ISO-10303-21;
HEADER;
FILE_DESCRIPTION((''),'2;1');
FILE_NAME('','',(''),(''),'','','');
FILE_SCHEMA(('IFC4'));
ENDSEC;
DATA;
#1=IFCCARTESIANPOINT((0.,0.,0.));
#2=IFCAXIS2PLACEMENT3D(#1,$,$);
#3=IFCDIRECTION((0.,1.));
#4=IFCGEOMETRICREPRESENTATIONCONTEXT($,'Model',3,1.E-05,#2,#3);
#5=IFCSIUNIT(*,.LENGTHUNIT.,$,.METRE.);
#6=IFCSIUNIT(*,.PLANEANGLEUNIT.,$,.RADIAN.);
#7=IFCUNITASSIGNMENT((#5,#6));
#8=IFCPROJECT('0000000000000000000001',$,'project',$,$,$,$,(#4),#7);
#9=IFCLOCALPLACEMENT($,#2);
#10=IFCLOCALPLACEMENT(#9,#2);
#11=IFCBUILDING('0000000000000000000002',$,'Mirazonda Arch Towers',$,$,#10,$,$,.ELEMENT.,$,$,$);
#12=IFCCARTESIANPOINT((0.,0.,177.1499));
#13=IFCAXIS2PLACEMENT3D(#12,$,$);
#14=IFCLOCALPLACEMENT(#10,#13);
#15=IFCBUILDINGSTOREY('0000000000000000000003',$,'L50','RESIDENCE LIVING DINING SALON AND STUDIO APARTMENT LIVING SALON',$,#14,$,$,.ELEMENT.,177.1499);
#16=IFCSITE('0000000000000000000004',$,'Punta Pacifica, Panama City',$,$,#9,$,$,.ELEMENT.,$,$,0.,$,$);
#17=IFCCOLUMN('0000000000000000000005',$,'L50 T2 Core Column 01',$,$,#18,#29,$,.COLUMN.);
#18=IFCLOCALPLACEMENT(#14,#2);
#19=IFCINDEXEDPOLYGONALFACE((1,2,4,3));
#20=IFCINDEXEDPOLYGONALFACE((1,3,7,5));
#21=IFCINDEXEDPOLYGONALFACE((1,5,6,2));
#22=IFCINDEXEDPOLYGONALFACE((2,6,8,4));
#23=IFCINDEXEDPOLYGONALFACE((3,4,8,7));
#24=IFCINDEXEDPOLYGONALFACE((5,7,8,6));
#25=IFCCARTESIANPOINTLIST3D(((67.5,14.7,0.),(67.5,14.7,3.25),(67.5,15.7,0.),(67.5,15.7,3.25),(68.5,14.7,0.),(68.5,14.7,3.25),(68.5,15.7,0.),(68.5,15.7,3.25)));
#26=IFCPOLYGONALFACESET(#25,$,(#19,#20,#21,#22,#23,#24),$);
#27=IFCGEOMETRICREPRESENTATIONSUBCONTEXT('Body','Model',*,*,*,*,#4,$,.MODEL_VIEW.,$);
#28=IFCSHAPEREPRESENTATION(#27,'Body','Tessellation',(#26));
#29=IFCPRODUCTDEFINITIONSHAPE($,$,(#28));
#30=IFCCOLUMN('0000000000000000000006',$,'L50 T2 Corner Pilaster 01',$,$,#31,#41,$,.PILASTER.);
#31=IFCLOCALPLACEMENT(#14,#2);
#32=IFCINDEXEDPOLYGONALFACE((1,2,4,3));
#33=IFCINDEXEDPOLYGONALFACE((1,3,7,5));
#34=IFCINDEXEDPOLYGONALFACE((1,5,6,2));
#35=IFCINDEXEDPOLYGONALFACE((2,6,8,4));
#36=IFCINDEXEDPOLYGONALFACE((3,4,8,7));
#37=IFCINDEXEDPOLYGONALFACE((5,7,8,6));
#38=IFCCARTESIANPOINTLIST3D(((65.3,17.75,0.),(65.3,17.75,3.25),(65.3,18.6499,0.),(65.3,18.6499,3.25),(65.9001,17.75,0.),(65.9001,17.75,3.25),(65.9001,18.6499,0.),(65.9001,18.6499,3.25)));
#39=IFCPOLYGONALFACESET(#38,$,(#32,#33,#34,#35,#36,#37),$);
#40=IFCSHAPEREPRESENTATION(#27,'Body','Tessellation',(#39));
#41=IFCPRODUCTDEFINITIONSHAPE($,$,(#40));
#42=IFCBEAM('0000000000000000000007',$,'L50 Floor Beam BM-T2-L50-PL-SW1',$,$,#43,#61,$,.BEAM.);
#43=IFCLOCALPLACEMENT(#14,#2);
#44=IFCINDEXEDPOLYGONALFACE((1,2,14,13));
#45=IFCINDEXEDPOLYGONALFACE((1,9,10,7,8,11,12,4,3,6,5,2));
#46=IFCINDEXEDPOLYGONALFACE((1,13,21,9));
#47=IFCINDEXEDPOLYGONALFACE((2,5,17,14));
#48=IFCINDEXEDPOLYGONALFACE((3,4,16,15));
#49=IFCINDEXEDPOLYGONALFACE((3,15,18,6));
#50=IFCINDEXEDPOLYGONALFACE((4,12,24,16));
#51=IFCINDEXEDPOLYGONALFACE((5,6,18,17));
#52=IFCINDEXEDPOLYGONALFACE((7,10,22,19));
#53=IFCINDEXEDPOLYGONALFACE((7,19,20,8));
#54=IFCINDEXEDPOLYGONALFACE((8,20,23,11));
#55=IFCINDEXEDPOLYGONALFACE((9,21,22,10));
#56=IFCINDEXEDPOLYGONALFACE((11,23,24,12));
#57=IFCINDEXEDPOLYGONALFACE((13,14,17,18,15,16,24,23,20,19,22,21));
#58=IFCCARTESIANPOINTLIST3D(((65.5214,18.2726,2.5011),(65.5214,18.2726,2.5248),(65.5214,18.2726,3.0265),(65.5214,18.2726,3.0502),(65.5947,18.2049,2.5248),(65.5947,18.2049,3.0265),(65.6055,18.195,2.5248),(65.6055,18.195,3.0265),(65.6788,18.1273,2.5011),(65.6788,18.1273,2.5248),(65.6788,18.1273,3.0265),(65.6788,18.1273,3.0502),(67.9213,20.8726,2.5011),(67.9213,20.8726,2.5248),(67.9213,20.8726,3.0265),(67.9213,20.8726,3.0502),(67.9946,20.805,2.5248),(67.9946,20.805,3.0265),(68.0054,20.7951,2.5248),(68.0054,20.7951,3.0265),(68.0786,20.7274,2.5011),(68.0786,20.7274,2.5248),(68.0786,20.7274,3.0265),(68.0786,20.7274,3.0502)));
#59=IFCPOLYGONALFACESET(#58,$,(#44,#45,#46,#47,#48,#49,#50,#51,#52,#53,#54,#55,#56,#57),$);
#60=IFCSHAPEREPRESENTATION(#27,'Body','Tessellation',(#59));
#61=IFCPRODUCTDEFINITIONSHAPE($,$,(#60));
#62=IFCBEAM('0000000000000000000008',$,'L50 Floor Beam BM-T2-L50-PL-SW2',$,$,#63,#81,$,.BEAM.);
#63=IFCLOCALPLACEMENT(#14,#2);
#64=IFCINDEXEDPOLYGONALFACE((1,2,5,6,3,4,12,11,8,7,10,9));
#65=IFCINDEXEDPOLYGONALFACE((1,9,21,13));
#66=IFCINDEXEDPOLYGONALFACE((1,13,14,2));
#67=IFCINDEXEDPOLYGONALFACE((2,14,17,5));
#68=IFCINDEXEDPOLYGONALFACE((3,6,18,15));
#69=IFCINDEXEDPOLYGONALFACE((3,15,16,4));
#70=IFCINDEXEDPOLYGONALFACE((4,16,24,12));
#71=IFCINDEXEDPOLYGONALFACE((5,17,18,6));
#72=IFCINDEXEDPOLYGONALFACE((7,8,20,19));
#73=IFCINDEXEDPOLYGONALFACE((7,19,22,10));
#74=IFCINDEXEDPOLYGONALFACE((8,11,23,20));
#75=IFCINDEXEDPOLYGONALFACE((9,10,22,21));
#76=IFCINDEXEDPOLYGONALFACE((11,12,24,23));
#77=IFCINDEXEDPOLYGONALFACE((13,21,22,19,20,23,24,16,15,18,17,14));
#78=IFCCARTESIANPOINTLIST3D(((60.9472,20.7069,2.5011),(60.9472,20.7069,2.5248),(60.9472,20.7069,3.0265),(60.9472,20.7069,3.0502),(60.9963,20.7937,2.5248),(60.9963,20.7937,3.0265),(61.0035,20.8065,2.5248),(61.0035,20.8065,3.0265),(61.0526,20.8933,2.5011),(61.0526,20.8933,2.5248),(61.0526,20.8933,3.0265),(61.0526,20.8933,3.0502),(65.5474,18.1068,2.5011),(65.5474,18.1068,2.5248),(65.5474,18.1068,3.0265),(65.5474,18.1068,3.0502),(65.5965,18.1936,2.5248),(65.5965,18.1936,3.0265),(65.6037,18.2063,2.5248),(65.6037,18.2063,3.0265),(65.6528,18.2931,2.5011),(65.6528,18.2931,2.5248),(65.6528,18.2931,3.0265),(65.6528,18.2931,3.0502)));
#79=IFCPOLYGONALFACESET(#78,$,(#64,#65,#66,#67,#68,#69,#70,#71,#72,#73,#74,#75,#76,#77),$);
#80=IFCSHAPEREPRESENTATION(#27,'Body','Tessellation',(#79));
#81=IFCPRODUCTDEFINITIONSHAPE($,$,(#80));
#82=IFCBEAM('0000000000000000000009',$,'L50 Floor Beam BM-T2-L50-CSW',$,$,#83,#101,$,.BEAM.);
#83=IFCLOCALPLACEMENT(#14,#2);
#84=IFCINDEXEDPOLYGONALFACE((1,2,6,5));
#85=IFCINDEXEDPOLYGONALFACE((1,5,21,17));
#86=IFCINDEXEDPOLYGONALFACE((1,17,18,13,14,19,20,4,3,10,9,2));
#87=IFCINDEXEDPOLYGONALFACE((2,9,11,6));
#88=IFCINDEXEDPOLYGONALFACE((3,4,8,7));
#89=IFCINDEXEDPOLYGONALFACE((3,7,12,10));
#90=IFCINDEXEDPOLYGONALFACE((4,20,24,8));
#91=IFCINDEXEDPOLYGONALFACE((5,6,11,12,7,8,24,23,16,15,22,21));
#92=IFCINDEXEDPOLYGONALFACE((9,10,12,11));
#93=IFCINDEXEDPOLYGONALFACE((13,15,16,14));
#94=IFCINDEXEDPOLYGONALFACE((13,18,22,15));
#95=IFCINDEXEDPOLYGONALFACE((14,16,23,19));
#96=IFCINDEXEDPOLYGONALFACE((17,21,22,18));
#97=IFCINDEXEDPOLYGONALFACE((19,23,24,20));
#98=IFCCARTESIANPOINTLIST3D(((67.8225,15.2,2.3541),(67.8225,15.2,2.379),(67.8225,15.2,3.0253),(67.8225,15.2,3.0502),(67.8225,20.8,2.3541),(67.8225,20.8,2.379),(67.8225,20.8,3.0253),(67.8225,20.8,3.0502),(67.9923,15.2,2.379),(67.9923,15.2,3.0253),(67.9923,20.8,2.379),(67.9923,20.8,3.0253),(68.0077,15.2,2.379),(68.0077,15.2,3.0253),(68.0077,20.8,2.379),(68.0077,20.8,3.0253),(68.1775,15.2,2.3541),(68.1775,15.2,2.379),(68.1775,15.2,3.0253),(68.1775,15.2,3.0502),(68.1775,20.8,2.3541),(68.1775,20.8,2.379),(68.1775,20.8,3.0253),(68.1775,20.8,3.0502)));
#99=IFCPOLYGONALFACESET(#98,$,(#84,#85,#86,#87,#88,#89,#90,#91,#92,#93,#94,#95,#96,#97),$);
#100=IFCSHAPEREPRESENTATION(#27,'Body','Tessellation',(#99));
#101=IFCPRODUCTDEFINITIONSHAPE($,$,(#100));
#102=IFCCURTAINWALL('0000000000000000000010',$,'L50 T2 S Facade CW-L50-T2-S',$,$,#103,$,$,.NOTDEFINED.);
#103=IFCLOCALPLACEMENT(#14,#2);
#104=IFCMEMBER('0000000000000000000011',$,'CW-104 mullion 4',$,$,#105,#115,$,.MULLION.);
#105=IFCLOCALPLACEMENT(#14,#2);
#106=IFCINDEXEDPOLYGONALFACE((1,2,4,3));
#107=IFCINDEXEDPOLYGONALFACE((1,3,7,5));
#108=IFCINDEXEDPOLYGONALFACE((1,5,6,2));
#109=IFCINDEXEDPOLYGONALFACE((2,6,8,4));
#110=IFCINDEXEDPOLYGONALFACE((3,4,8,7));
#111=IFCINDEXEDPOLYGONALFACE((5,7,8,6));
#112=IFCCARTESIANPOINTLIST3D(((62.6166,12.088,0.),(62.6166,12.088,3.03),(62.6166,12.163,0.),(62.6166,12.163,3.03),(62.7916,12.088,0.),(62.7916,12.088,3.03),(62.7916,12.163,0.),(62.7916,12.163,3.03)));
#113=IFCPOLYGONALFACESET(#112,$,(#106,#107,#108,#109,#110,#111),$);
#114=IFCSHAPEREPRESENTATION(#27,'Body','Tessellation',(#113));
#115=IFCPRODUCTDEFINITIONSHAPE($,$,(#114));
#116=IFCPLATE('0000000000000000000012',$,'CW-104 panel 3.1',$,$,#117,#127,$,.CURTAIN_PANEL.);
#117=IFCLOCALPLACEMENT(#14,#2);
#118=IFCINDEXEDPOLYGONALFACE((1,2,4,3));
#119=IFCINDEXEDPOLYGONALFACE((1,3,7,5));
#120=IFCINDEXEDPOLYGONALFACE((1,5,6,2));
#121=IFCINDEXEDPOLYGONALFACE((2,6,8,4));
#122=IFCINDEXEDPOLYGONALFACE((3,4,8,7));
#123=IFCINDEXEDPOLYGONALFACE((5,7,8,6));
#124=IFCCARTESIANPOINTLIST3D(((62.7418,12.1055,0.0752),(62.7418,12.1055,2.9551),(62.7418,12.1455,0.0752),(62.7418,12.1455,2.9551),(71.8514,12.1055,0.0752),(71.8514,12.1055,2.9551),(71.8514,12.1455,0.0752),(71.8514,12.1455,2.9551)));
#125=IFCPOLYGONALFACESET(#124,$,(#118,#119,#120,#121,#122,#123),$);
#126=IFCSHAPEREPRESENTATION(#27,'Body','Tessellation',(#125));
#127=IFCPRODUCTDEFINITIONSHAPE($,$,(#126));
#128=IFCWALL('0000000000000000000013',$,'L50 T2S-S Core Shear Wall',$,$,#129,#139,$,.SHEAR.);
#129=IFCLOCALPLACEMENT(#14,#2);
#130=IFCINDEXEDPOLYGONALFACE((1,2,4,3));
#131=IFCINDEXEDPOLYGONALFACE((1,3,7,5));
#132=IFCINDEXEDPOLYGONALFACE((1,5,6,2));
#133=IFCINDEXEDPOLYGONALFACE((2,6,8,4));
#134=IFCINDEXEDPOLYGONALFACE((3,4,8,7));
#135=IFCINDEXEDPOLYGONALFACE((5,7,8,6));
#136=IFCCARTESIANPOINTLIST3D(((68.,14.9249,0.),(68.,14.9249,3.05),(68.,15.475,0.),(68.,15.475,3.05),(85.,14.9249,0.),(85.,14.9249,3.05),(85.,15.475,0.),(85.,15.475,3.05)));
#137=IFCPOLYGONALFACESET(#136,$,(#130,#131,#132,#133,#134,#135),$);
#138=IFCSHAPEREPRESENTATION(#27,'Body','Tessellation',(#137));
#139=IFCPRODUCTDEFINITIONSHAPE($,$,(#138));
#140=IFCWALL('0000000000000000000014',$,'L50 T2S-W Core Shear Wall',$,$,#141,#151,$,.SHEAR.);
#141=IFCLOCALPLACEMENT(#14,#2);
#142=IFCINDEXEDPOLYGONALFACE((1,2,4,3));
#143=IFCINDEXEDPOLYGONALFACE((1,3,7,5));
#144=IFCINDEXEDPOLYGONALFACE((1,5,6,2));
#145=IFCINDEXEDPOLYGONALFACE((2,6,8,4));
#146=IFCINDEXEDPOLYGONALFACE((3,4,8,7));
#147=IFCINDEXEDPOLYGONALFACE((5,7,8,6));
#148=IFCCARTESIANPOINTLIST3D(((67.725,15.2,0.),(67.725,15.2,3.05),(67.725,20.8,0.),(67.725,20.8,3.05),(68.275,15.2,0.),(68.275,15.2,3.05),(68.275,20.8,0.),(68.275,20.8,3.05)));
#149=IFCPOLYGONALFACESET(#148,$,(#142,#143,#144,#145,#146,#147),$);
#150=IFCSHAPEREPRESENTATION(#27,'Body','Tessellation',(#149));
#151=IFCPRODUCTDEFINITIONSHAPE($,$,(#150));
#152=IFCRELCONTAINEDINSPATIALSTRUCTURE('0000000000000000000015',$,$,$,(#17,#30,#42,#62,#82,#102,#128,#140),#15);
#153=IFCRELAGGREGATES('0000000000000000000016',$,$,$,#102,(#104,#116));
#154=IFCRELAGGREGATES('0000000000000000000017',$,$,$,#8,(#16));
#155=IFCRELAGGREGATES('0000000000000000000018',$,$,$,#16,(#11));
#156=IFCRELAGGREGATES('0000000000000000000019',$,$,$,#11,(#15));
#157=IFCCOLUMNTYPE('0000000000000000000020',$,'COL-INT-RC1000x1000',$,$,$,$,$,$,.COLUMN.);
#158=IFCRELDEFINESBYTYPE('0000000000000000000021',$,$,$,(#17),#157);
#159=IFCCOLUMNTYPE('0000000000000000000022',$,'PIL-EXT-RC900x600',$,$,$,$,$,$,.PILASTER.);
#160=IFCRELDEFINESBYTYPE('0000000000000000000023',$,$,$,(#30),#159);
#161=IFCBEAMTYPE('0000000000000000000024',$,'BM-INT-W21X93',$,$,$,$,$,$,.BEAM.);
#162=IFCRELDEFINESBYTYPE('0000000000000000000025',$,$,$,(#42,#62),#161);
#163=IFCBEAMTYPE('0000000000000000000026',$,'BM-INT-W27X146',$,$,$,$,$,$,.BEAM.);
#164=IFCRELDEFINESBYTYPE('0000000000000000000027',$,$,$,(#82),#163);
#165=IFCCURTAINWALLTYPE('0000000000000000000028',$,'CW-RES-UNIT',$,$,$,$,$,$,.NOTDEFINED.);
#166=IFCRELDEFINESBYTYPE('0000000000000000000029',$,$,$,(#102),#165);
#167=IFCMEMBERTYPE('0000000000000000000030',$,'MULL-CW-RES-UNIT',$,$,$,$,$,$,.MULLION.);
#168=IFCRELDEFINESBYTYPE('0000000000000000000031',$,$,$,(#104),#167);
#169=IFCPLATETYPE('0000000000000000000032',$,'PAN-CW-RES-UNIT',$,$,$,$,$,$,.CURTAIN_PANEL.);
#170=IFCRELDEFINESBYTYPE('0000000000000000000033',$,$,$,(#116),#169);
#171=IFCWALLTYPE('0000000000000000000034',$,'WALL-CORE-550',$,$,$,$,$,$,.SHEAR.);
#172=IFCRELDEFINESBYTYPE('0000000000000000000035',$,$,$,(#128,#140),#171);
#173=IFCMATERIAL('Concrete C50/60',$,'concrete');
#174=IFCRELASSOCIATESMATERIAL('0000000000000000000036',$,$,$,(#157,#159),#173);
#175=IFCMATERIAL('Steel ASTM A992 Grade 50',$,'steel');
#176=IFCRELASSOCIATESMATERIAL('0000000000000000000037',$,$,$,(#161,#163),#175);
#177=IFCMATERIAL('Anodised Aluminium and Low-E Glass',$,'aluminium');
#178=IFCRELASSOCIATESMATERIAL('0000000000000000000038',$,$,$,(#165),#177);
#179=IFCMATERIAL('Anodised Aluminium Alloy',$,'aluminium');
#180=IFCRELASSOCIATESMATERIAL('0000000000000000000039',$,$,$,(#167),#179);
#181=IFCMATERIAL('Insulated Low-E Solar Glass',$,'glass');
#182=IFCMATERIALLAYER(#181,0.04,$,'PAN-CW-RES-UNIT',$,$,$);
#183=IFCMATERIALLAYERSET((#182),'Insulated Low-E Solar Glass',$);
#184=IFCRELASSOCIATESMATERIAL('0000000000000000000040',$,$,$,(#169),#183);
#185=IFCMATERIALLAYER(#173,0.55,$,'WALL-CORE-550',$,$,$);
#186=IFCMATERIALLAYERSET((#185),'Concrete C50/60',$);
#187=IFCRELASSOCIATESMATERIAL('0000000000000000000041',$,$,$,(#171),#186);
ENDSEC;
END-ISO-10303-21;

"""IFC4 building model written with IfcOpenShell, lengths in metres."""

from ifc_helpers import new_model, si_unit, direction, frame, frame_2d, origin, origin_2d, place, context, subcontext, project, spatial, rectangle, i_section, extrude, material, layer, layer_set, material_profile, profile_set, type_object, element, aggregate, save


model = new_model("IFC4")

# Units and contexts
model_context = context("Model", 3, precision=1e-05, world=origin(), true_north=direction((0.0, 1.0)))
body_context = subcontext(model_context, "Body", "Model", "MODEL_VIEW")
ifc_project = project(units=[si_unit("LENGTHUNIT", "METRE"), si_unit("PLANEANGLEUNIT", "RADIAN")], contexts=[model_context])

# Site, building, storey
site_placement = place(None, origin())
site = spatial("IfcSite", under=ifc_project, at=site_placement, Name="Punta Pacifica, Panama City", CompositionType="ELEMENT", RefElevation=0.0)
building_placement = place(site_placement, origin())
building = spatial("IfcBuilding", under=site, at=building_placement, Name="Mirazonda Arch Towers", CompositionType="ELEMENT")
storey_placement = place(building_placement, frame((0.0, 0.0, 177.1499)))
storey = spatial("IfcBuildingStorey", under=building, at=storey_placement, Name="L50", Description="RESIDENCE LIVING DINING SALON AND STUDIO APARTMENT LIVING SALON", CompositionType="ELEMENT", Elevation=177.1499)

# Columns
ifc_material_1 = material(Name="Concrete C50/60", Category="concrete")
ifc_material_profile_1 = material_profile(ifc_material_1, rectangle(XDim=1.0, YDim=1.0, at=origin_2d()), Name="RC1000x1000")
ifc_profile_set_1 = profile_set([ifc_material_profile_1], Name="Concrete C50/60")
column_type_1 = type_object("IfcColumnType", Name="COL-INT-RC1000x1000", PredefinedType="COLUMN", material=ifc_profile_set_1)
column_1_placement = place(storey_placement, frame((68.0, 15.2, 0.0), z_axis=(0.0, 0.0, 1.0), x_axis=(1.0, 0.0, 0.0)))
element("IfcColumn", 1, at=column_1_placement, inside=storey, type_object=column_type_1, Name="L50 T2 Core Column 01", PredefinedType="COLUMN", context=body_context, shape_type="SweptSolid", body=[
    extrude(rectangle(XDim=1.0, YDim=1.0, at=origin_2d()), origin(), (0.0, 0.0, 1.0), 3.25),
])
ifc_material_profile_2 = material_profile(ifc_material_1, rectangle(XDim=0.6001, YDim=0.8999, at=origin_2d()), Name="RC900x600")
ifc_profile_set_2 = profile_set([ifc_material_profile_2], Name="Concrete C50/60")
column_type_2 = type_object("IfcColumnType", Name="PIL-EXT-RC900x600", PredefinedType="PILASTER", material=ifc_profile_set_2)
column_2_placement = place(storey_placement, frame((65.6001, 18.2, 0.0), z_axis=(0.0, 0.0, 1.0), x_axis=(1.0, 0.0, 0.0)))
element("IfcColumn", 2, at=column_2_placement, inside=storey, type_object=column_type_2, Name="L50 T2 Corner Pilaster 01", PredefinedType="PILASTER", context=body_context, shape_type="SweptSolid", body=[
    extrude(rectangle(XDim=0.6001, YDim=0.8999, at=origin_2d()), origin(), (0.0, 0.0, 1.0), 3.25),
])

# Beams
ifc_material_2 = material(Name="Steel ASTM A992 Grade 50", Category="steel")
ifc_material_profile_3 = material_profile(ifc_material_2, i_section(OverallWidth=0.2141, OverallDepth=0.5491, WebThickness=0.0146, FlangeThickness=0.0237, at=origin_2d()), Name="W21X93")
ifc_profile_set_3 = profile_set([ifc_material_profile_3], Name="Steel ASTM A992 Grade 50")
beam_type_1 = type_object("IfcBeamType", Name="BM-INT-W21X93", PredefinedType="BEAM", material=ifc_profile_set_3)
beam_1_placement = place(storey_placement, frame((65.6001, 18.2, 2.7756), z_axis=(0.678251, 0.73483, 0.0), x_axis=(-0.73483, 0.678251, 0.0)))
element("IfcBeam", 3, at=beam_1_placement, inside=storey, type_object=beam_type_1, Name="L50 Floor Beam BM-T2-L50-PL-SW1", PredefinedType="BEAM", context=body_context, shape_type="SweptSolid", body=[
    extrude(i_section(OverallWidth=0.2141, OverallDepth=0.5491, WebThickness=0.0146, FlangeThickness=0.0237, at=origin_2d()), origin(), (0.0, 0.0, 1.0), 3.5383),
])
beam_2_placement = place(storey_placement, frame((65.6001, 18.2, 2.7756), z_axis=(-0.870559, 0.492063, 0.0), x_axis=(-0.492063, -0.870559, 0.0)))
element("IfcBeam", 4, at=beam_2_placement, inside=storey, type_object=beam_type_1, Name="L50 Floor Beam BM-T2-L50-PL-SW2", PredefinedType="BEAM", context=body_context, shape_type="SweptSolid", body=[
    extrude(i_section(OverallWidth=0.2141, OverallDepth=0.5491, WebThickness=0.0146, FlangeThickness=0.0237, at=origin_2d()), origin(), (0.0, 0.0, 1.0), 5.2842),
])
ifc_material_profile_4 = material_profile(ifc_material_2, i_section(OverallWidth=0.355, OverallDepth=0.696, WebThickness=0.0154, FlangeThickness=0.0249, at=origin_2d()), Name="W27X146")
ifc_profile_set_4 = profile_set([ifc_material_profile_4], Name="Steel ASTM A992 Grade 50")
beam_type_2 = type_object("IfcBeamType", Name="BM-INT-W27X146", PredefinedType="BEAM", material=ifc_profile_set_4)
beam_3_placement = place(storey_placement, frame((68.0, 15.2, 2.7021), z_axis=(0.0, 1.0, 0.0), x_axis=(-1.0, 0.0, 0.0)))
element("IfcBeam", 5, at=beam_3_placement, inside=storey, type_object=beam_type_2, Name="L50 Floor Beam BM-T2-L50-CSW", PredefinedType="BEAM", context=body_context, shape_type="SweptSolid", body=[
    extrude(i_section(OverallWidth=0.355, OverallDepth=0.696, WebThickness=0.0154, FlangeThickness=0.0249, at=origin_2d()), origin(), (0.0, 0.0, 1.0), 5.6001),
])

# Curtain wall, member, plate
ifc_material_3 = material(Name="Anodised Aluminium and Low-E Glass", Category="aluminium")
curtain_wall_type = type_object("IfcCurtainWallType", Name="CW-RES-UNIT", PredefinedType="NOTDEFINED", material=ifc_material_3)
curtain_wall_placement = place(storey_placement, origin())
curtain_wall = element("IfcCurtainWall", 6, at=curtain_wall_placement, inside=storey, type_object=curtain_wall_type, Name="L50 T2 S Facade CW-L50-T2-S", PredefinedType="NOTDEFINED")
ifc_material_4 = material(Name="Anodised Aluminium Alloy", Category="aluminium")
ifc_material_profile_5 = material_profile(ifc_material_4, rectangle(XDim=0.075, YDim=0.175, at=origin_2d()), Name="ALU-MULL-75x175")
ifc_profile_set_5 = profile_set([ifc_material_profile_5], Name="Anodised Aluminium Alloy")
member_type = type_object("IfcMemberType", Name="MULL-CW-RES-UNIT", PredefinedType="MULLION", material=ifc_profile_set_5)
member_placement = place(storey_placement, frame((62.7041, 12.1255, 0.0), z_axis=(0.0, 0.0, 1.0), x_axis=(0.0, -1.0, 0.0)))
member = element("IfcMember", 7, at=member_placement, type_object=member_type, Name="CW-104 mullion 4", PredefinedType="MULLION", context=body_context, shape_type="SweptSolid", body=[
    extrude(rectangle(XDim=0.075, YDim=0.175, at=origin_2d()), origin(), (0.0, 0.0, 1.0), 3.03),
])
ifc_material_5 = material(Name="Insulated Low-E Solar Glass", Category="glass")
ifc_layer_1 = layer(ifc_material_5, 0.04, Name="PAN-CW-RES-UNIT")
ifc_layer_set_1 = layer_set([ifc_layer_1], Name="Insulated Low-E Solar Glass")
plate_type = type_object("IfcPlateType", Name="PAN-CW-RES-UNIT", PredefinedType="CURTAIN_PANEL", material=ifc_layer_set_1)
plate_placement = place(storey_placement, frame((67.2966, 12.1255, 0.0752), z_axis=(0.0, 0.0, 1.0), x_axis=(-1.0, 0.0, 0.0)))
plate = element("IfcPlate", 8, at=plate_placement, type_object=plate_type, Name="CW-104 panel 3.1", PredefinedType="CURTAIN_PANEL", context=body_context, shape_type="SweptSolid", body=[
    extrude(rectangle(XDim=9.1096, YDim=0.04, at=origin_2d()), origin(), (0.0, 0.0, 1.0), 2.8799),
])
aggregate(curtain_wall, [member, plate])

# Walls
ifc_layer_2 = layer(ifc_material_1, 0.55, Name="WALL-CORE-550")
ifc_layer_set_2 = layer_set([ifc_layer_2], Name="Concrete C50/60")
wall_type_1 = type_object("IfcWallType", Name="WALL-CORE-550", PredefinedType="SHEAR", material=ifc_layer_set_2)
wall_1_placement = place(storey_placement, frame((68.0, 15.2, 0.0), z_axis=(0.0, 0.0, 1.0), x_axis=(1.0, 0.0, 0.0)))
element("IfcWall", 9, at=wall_1_placement, inside=storey, type_object=wall_type_1, Name="L50 T2S-S Core Shear Wall", PredefinedType="SHEAR", context=body_context, shape_type="SweptSolid", body=[
    extrude(rectangle(XDim=17.0, YDim=0.55, at=frame_2d((8.5, 0.0))), origin(), (0.0, 0.0, 1.0), 3.05),
])
wall_2_placement = place(storey_placement, frame((68.0, 15.2, 0.0), z_axis=(0.0, 0.0, 1.0), x_axis=(0.0, 1.0, 0.0)))
element("IfcWall", 10, at=wall_2_placement, inside=storey, type_object=wall_type_1, Name="L50 T2S-W Core Shear Wall", PredefinedType="SHEAR", context=body_context, shape_type="SweptSolid", body=[
    extrude(rectangle(XDim=5.6001, YDim=0.55, at=frame_2d((2.8, 0.0))), origin(), (0.0, 0.0, 1.0), 3.05),
])

save(model, "model.ifc")
